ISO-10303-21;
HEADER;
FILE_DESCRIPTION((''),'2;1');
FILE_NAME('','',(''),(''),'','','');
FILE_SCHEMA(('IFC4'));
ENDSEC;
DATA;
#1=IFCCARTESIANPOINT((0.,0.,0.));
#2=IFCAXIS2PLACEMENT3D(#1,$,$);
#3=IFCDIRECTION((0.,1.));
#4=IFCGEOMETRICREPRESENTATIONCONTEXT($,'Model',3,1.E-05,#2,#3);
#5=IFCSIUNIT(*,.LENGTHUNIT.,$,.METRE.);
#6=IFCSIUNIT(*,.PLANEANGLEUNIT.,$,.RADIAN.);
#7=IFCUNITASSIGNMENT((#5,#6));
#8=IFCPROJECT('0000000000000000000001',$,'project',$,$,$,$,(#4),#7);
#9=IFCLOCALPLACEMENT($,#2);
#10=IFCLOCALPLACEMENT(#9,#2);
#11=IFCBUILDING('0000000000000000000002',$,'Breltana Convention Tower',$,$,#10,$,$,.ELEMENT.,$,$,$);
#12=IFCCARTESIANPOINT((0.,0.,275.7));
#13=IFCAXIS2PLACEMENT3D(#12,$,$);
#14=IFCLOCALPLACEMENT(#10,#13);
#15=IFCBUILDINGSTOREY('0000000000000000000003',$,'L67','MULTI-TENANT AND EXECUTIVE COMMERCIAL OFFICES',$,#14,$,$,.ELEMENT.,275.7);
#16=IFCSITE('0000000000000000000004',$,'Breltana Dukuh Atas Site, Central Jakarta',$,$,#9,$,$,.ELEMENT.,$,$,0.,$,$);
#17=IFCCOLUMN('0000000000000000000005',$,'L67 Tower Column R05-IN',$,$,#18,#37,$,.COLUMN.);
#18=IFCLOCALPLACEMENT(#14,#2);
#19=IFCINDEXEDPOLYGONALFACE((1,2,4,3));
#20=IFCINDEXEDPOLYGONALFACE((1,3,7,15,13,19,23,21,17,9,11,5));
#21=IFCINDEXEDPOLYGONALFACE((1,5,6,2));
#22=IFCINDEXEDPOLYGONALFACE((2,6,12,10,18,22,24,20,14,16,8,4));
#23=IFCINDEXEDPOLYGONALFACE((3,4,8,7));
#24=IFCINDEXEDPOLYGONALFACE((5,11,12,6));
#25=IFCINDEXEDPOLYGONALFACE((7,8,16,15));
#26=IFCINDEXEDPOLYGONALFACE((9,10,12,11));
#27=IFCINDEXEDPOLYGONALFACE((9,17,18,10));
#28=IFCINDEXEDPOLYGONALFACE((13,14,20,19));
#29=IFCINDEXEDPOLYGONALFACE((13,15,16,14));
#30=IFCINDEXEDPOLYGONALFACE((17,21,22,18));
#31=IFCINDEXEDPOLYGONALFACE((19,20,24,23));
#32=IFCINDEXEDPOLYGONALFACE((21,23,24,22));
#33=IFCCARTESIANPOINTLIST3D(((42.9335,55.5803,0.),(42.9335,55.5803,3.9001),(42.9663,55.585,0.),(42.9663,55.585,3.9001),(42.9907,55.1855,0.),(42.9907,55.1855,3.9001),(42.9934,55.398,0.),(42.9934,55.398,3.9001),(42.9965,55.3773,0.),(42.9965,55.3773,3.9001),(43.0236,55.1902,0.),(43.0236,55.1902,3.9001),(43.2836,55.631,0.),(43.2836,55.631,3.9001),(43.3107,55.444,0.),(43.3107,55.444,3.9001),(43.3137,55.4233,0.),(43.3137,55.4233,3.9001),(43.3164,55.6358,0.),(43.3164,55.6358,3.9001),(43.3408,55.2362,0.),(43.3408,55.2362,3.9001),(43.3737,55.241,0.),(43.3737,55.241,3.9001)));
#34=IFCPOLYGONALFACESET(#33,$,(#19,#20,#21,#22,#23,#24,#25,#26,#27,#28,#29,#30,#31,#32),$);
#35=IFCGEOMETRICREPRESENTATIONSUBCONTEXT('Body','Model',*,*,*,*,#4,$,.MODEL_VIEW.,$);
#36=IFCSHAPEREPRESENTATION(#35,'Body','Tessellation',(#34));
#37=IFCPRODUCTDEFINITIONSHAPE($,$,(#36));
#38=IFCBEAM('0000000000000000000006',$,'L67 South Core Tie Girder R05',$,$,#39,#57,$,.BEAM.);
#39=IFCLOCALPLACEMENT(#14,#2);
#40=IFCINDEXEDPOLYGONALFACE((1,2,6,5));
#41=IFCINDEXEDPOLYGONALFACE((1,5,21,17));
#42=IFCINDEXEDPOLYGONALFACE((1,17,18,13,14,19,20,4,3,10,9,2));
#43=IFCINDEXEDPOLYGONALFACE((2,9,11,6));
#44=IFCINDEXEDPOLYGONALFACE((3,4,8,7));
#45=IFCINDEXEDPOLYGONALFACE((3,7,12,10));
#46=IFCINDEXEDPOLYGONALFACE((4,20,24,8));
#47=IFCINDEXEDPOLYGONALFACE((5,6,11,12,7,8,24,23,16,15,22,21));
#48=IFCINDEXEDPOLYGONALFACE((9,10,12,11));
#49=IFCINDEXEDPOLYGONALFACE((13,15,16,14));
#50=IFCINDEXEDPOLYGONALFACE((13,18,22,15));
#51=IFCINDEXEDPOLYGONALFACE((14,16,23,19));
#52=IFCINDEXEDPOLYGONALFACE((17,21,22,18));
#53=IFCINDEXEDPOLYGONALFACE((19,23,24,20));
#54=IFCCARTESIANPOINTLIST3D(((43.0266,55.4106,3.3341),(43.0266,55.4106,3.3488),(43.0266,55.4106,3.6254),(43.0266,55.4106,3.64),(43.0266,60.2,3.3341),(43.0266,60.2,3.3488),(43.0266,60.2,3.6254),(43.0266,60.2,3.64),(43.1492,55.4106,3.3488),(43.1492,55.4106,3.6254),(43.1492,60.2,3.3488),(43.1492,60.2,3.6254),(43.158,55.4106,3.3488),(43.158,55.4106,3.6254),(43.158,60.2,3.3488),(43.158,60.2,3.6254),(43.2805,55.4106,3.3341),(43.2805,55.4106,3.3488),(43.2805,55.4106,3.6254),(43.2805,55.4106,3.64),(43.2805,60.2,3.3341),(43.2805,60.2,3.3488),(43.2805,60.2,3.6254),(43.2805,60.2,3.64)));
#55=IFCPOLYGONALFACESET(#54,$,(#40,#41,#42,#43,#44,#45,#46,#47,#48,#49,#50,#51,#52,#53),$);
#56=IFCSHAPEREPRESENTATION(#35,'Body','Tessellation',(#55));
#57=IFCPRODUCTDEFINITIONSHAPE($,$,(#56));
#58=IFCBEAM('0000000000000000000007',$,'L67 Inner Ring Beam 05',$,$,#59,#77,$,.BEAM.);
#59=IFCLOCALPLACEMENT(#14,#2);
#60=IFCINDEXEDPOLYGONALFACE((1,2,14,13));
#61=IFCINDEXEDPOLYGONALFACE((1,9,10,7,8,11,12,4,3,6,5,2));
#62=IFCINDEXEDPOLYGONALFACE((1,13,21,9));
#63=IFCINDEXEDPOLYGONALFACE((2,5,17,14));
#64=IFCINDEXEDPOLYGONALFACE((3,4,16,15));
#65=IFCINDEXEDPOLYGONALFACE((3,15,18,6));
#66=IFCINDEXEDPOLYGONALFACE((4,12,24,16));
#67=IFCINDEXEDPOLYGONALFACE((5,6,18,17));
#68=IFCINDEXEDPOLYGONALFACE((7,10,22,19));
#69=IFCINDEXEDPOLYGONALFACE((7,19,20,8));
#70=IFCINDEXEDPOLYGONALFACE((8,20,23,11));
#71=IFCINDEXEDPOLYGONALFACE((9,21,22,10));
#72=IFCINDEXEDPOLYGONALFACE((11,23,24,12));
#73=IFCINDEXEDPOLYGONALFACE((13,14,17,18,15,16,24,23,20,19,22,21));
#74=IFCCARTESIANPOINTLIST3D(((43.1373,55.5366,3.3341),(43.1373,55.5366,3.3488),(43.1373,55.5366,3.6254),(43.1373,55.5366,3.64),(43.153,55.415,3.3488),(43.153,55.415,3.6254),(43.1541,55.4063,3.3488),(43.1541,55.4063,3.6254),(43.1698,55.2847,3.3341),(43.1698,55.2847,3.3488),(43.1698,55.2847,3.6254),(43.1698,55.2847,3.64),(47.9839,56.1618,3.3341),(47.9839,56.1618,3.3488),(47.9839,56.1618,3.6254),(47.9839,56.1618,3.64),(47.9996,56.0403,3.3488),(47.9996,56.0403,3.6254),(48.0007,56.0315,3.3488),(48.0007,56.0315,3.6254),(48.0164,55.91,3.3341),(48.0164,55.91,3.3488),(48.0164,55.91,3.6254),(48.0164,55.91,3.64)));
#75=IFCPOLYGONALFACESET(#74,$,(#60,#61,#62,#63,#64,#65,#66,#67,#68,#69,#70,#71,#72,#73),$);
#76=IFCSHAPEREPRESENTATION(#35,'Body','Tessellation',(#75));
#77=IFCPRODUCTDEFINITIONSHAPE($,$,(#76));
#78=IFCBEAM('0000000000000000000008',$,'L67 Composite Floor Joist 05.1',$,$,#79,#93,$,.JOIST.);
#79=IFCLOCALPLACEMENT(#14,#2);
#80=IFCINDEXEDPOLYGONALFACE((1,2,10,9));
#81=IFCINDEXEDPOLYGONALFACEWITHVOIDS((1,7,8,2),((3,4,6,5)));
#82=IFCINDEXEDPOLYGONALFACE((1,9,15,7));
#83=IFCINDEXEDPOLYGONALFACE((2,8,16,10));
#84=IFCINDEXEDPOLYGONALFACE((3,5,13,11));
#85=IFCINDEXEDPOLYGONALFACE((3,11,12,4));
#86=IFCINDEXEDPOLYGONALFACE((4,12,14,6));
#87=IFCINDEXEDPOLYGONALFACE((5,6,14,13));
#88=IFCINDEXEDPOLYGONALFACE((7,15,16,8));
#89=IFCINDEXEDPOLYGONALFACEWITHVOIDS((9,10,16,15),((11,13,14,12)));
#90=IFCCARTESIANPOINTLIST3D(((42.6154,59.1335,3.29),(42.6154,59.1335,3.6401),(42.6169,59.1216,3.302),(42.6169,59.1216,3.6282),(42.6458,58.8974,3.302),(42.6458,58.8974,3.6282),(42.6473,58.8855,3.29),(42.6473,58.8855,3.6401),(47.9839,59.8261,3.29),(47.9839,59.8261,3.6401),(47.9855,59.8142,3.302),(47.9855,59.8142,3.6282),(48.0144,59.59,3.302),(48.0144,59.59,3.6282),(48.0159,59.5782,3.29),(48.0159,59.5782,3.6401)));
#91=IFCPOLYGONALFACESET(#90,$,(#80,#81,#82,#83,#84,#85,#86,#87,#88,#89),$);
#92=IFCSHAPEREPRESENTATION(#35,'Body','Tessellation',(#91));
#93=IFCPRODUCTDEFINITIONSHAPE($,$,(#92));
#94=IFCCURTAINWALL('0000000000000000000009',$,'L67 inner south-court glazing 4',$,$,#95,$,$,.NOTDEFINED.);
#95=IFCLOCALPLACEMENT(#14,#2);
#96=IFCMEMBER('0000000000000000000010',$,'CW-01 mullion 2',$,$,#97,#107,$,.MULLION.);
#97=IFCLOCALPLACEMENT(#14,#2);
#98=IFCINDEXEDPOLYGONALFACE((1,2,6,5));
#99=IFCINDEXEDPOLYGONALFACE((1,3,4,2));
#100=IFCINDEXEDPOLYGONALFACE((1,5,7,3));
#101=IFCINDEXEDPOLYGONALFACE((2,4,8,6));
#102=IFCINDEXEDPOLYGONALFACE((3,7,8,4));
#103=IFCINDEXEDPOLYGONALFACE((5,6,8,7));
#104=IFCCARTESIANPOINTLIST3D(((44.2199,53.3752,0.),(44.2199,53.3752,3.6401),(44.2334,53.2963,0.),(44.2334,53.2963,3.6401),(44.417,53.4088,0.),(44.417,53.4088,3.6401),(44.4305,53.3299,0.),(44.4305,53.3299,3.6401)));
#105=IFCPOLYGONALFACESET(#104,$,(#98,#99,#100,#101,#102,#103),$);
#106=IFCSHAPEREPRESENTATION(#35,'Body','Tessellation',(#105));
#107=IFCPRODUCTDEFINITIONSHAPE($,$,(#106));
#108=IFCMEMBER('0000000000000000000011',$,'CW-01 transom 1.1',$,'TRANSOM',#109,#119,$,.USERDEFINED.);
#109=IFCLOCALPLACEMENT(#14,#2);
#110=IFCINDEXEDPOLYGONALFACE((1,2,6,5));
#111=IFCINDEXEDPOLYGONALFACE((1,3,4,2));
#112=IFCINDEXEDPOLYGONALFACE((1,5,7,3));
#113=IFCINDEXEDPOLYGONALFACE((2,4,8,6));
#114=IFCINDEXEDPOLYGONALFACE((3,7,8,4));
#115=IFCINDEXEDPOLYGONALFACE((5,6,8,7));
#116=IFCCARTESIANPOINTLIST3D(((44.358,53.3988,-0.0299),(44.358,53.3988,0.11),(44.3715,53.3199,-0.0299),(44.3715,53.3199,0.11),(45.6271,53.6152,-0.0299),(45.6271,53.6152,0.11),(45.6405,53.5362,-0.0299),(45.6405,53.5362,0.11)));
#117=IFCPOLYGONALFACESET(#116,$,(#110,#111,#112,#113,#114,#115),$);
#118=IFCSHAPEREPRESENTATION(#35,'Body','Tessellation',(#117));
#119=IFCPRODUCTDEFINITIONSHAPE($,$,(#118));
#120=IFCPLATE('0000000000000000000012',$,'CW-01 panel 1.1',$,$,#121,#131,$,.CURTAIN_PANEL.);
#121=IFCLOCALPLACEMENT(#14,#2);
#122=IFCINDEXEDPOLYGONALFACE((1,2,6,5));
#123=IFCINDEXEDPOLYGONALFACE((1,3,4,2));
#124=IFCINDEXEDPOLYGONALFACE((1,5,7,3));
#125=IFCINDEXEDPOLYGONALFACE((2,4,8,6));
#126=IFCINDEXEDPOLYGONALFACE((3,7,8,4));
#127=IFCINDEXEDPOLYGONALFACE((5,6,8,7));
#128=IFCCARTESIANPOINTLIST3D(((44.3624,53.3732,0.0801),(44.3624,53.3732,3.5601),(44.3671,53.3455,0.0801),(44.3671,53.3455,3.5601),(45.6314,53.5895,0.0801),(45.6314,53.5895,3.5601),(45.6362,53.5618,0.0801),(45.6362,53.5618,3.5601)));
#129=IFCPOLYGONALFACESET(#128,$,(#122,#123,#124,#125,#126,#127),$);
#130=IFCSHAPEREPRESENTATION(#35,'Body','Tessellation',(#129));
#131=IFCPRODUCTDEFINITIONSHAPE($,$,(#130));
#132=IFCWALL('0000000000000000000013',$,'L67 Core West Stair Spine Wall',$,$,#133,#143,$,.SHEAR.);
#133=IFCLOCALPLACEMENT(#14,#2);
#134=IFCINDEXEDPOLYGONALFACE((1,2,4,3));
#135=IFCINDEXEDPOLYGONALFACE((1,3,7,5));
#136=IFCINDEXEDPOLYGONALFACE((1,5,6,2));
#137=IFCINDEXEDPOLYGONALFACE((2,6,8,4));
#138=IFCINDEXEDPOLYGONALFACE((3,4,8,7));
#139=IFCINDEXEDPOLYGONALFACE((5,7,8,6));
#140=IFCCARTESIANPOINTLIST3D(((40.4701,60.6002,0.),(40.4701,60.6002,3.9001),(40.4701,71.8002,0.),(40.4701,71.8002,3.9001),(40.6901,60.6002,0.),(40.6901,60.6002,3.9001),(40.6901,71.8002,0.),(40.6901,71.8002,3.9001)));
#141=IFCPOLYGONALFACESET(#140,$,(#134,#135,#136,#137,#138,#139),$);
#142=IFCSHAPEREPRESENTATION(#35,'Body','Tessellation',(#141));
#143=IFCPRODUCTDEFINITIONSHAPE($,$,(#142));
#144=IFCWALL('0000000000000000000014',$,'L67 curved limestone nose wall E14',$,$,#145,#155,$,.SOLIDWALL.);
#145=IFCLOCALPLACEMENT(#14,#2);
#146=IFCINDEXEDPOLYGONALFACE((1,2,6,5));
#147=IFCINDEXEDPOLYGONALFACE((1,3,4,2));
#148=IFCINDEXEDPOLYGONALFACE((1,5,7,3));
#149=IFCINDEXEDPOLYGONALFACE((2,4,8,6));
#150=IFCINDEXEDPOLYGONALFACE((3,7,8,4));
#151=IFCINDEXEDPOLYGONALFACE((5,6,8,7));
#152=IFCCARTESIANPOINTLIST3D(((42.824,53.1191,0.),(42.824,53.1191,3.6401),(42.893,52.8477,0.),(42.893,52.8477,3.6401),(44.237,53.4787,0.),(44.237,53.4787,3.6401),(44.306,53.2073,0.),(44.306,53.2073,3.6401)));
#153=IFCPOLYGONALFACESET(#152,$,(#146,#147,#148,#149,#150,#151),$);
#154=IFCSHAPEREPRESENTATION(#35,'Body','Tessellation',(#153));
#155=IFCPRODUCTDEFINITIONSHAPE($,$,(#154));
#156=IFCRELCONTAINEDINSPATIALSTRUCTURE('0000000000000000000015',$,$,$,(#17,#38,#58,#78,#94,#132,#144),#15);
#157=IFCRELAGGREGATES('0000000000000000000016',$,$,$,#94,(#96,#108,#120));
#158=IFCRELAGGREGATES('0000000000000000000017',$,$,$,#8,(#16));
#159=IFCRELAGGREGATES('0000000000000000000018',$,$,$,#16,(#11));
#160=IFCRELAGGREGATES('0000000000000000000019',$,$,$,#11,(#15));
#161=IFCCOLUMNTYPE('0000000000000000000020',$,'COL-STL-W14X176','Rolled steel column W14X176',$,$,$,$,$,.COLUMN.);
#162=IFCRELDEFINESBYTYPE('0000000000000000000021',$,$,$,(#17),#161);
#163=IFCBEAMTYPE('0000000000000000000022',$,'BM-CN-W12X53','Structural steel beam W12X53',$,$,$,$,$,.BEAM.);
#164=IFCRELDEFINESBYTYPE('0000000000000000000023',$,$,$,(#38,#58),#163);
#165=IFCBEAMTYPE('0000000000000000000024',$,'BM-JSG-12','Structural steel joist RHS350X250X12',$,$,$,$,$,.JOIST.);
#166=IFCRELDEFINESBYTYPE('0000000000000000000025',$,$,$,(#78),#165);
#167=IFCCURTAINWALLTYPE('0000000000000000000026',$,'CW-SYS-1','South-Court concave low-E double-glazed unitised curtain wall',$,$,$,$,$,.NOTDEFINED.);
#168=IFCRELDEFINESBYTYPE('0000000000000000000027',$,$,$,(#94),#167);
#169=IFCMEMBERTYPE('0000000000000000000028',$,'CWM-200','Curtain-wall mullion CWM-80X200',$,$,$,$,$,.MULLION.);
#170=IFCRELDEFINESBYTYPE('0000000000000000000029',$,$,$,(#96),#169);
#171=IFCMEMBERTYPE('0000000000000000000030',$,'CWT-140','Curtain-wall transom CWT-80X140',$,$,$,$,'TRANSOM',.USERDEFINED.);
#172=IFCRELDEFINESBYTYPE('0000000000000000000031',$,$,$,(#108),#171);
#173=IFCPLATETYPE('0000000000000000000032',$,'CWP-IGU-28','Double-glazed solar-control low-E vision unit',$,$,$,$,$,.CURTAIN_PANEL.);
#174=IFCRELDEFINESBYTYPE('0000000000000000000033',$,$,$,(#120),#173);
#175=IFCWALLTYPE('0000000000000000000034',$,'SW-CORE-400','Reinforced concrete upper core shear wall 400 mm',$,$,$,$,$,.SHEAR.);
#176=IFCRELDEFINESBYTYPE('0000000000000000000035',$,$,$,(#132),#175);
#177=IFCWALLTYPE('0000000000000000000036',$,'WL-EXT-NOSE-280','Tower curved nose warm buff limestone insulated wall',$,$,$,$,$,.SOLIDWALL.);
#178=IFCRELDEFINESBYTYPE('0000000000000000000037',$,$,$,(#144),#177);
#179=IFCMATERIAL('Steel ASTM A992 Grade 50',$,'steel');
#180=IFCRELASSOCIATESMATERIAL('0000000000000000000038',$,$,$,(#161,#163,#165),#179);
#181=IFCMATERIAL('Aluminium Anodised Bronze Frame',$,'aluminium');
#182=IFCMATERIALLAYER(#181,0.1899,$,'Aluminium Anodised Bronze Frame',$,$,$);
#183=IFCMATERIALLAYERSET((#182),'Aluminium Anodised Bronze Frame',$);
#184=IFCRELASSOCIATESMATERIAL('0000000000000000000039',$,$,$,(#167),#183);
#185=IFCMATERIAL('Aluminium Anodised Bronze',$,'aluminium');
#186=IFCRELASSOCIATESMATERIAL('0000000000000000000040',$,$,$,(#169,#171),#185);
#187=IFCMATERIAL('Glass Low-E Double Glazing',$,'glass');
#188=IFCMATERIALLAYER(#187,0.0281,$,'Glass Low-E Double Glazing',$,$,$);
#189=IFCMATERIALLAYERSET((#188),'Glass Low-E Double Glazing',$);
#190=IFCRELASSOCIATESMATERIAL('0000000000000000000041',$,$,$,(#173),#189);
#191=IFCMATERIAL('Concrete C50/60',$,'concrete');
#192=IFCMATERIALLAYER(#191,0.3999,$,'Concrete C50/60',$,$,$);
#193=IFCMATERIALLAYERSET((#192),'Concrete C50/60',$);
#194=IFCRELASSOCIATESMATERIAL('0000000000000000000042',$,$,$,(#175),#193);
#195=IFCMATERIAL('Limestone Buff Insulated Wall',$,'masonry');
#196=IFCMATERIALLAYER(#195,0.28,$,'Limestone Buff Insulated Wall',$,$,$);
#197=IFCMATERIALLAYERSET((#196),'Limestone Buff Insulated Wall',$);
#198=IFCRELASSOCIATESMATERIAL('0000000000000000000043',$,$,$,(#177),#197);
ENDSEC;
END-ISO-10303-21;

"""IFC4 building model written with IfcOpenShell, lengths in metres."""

from ifc_helpers import new_model, si_unit, direction, frame, frame_2d, origin, origin_2d, place, context, subcontext, project, spatial, rectangle, hollow_rectangle, i_section, extrude, source, transform, mapped, material, layer, layer_set, material_profile, profile_set, type_object, element, aggregate, save


model = new_model("IFC4")

# Units and contexts
model_context = context("Model", 3, precision=1e-05, world=origin(), true_north=direction((0.0, 1.0)))
body_context = subcontext(model_context, "Body", "Model", "MODEL_VIEW")
ifc_project = project(units=[si_unit("LENGTHUNIT", "METRE"), si_unit("PLANEANGLEUNIT", "RADIAN")], contexts=[model_context])

# Site, building, storey
site_placement = place(None, origin())
site = spatial("IfcSite", under=ifc_project, at=site_placement, Name="Breltana Dukuh Atas Site, Central Jakarta", CompositionType="ELEMENT", RefElevation=0.0)
building_placement = place(site_placement, origin())
building = spatial("IfcBuilding", under=site, at=building_placement, Name="Breltana Convention Tower", CompositionType="ELEMENT")
storey_placement = place(building_placement, frame((0.0, 0.0, 275.7)))
storey = spatial("IfcBuildingStorey", under=building, at=storey_placement, Name="L67", Description="MULTI-TENANT AND EXECUTIVE COMMERCIAL OFFICES", CompositionType="ELEMENT", Elevation=275.7)

# Column
ifc_material_1 = material(Name="Steel ASTM A992 Grade 50", Category="steel")
ifc_material_profile_1 = material_profile(ifc_material_1, i_section(OverallWidth=0.3989, OverallDepth=0.387, WebThickness=0.021, FlangeThickness=0.0332, at=origin_2d()), Name="W14X176")
ifc_profile_set_1 = profile_set([ifc_material_profile_1], Name="Steel ASTM A992 Grade 50")
column_type = type_object("IfcColumnType", Name="COL-STL-W14X176", Description="Rolled steel column W14X176", PredefinedType="COLUMN", material=ifc_profile_set_1)
shared_shape_1 = source(origin(), body_context, "Body", "SweptSolid", [
    extrude(i_section(OverallWidth=0.3989, OverallDepth=0.387, WebThickness=0.021, FlangeThickness=0.0332, at=origin_2d()), origin(), (0.0, 0.0, 1.0), 3.9001),
])
column_placement = place(storey_placement, frame((43.1536, 55.4106, 0.0), z_axis=(0.0, 0.0, 1.0), x_axis=(-0.143493, 0.989651, 0.0)))
element("IfcColumn", 1, at=column_placement, inside=storey, type_object=column_type, Name="L67 Tower Column R05-IN", PredefinedType="COLUMN", context=body_context, shape_type="MappedRepresentation", body=[
    mapped(shared_shape_1, transform((0.0, 0.0, 0.0), scale=1.0)),
])

# Beams
ifc_material_profile_2 = material_profile(ifc_material_1, i_section(OverallWidth=0.2539, OverallDepth=0.3059, WebThickness=0.0088, FlangeThickness=0.0146, at=origin_2d()), Name="W12X53")
ifc_profile_set_2 = profile_set([ifc_material_profile_2], Name="Steel ASTM A992 Grade 50")
beam_type_1 = type_object("IfcBeamType", Name="BM-CN-W12X53", Description="Structural steel beam W12X53", PredefinedType="BEAM", material=ifc_profile_set_2)
shared_shape_2 = source(origin(), body_context, "Body", "SweptSolid", [
    extrude(i_section(OverallWidth=0.2539, OverallDepth=0.3059, WebThickness=0.0088, FlangeThickness=0.0146, at=origin_2d()), origin(), (0.0, 0.0, 1.0), 4.7893),
])
beam_1_placement = place(storey_placement, frame((43.1536, 60.2, 3.4871), z_axis=(0.0, -1.0, 0.0), x_axis=(1.0, 0.0, 0.0)))
element("IfcBeam", 2, at=beam_1_placement, inside=storey, type_object=beam_type_1, Name="L67 South Core Tie Girder R05", PredefinedType="BEAM", context=body_context, shape_type="MappedRepresentation", body=[
    mapped(shared_shape_2, transform((0.0, 0.0, 0.0), scale=1.0)),
])
shared_shape_3 = source(origin(), body_context, "Body", "SweptSolid", [
    extrude(i_section(OverallWidth=0.2539, OverallDepth=0.3059, WebThickness=0.0088, FlangeThickness=0.0146, at=origin_2d()), origin(), (0.0, 0.0, 1.0), 4.8867),
])
beam_2_placement = place(storey_placement, frame((43.1536, 55.4106, 3.4871), z_axis=(0.991781, 0.127951, 0.0), x_axis=(-0.127951, 0.991781, 0.0)))
element("IfcBeam", 3, at=beam_2_placement, inside=storey, type_object=beam_type_1, Name="L67 Inner Ring Beam 05", PredefinedType="BEAM", context=body_context, shape_type="MappedRepresentation", body=[
    mapped(shared_shape_3, transform((0.0, 0.0, 0.0), scale=1.0)),
])
ifc_material_profile_3 = material_profile(ifc_material_1, hollow_rectangle(XDim=0.25, YDim=0.3501, WallThickness=0.012, at=origin_2d()), Name="RHS350X250X12")
ifc_profile_set_3 = profile_set([ifc_material_profile_3], Name="Steel ASTM A992 Grade 50")
beam_type_2 = type_object("IfcBeamType", Name="BM-JSG-12", Description="Structural steel joist RHS350X250X12", PredefinedType="JOIST", material=ifc_profile_set_3)
shared_shape_4 = source(origin(), body_context, "Body", "SweptSolid", [
    extrude(hollow_rectangle(XDim=0.25, YDim=0.3501, WallThickness=0.012, at=origin_2d()), origin(), (0.0, 0.0, 1.0), 5.4131),
])
beam_3_placement = place(storey_placement, frame((42.6313, 59.0095, 3.4651), z_axis=(0.99178, 0.127953, 0.0), x_axis=(-0.127953, 0.99178, 0.0)))
element("IfcBeam", 4, at=beam_3_placement, inside=storey, type_object=beam_type_2, Name="L67 Composite Floor Joist 05.1", PredefinedType="JOIST", context=body_context, shape_type="MappedRepresentation", body=[
    mapped(shared_shape_4, transform((0.0, 0.0, 0.0), scale=1.0)),
])

# Curtain wall, members, plate
ifc_material_2 = material(Name="Aluminium Anodised Bronze Frame", Category="aluminium")
ifc_layer_1 = layer(ifc_material_2, 0.1899, Name="Aluminium Anodised Bronze Frame")
ifc_layer_set_1 = layer_set([ifc_layer_1], Name="Aluminium Anodised Bronze Frame")
curtain_wall_type = type_object("IfcCurtainWallType", Name="CW-SYS-1", Description="South-Court concave low-E double-glazed unitised curtain wall", PredefinedType="NOTDEFINED", material=ifc_layer_set_1)
curtain_wall_placement = place(storey_placement, origin())
curtain_wall = element("IfcCurtainWall", 5, at=curtain_wall_placement, inside=storey, type_object=curtain_wall_type, Name="L67 inner south-court glazing 4", PredefinedType="NOTDEFINED")
ifc_material_3 = material(Name="Aluminium Anodised Bronze", Category="aluminium")
ifc_material_profile_4 = material_profile(ifc_material_3, rectangle(XDim=0.0801, YDim=0.2, at=origin_2d()), Name="CWM-80X200")
ifc_profile_set_4 = profile_set([ifc_material_profile_4], Name="Aluminium Anodised Bronze")
member_type_1 = type_object("IfcMemberType", Name="CWM-200", Description="Curtain-wall mullion CWM-80X200", PredefinedType="MULLION", material=ifc_profile_set_4)
shared_shape_5 = source(origin(), body_context, "Body", "SweptSolid", [
    extrude(rectangle(XDim=0.0801, YDim=0.2, at=origin_2d()), origin(), (0.0, 0.0, 1.0), 3.6401),
])
member_1_placement = place(storey_placement, frame((44.3252, 53.3525, 0.0), z_axis=(0.0, 0.0, 1.0), x_axis=(0.168028, -0.985782, 0.0)))
member_1 = element("IfcMember", 6, at=member_1_placement, type_object=member_type_1, Name="CW-01 mullion 2", PredefinedType="MULLION", context=body_context, shape_type="MappedRepresentation", body=[
    mapped(shared_shape_5, transform((0.0, 0.0, 0.0), scale=1.0)),
])
ifc_material_profile_5 = material_profile(ifc_material_3, rectangle(XDim=0.0801, YDim=0.1399, at=origin_2d()), Name="CWT-80X140")
ifc_profile_set_5 = profile_set([ifc_material_profile_5], Name="Aluminium Anodised Bronze")
member_type_2 = type_object("IfcMemberType", Name="CWT-140", Description="Curtain-wall transom CWT-80X140", ElementType="TRANSOM", PredefinedType="USERDEFINED", material=ifc_profile_set_5)
shared_shape_6 = source(origin(), body_context, "Body", "SweptSolid", [
    extrude(rectangle(XDim=0.0801, YDim=0.1399, at=origin_2d()), origin(), (0.0, 0.0, 1.0), 1.2874),
])
member_2_placement = place(storey_placement, frame((45.6338, 53.5757, 0.04), z_axis=(-0.985782, -0.168027, 0.0), x_axis=(0.168027, -0.985782, 0.0)))
member_2 = element("IfcMember", 7, at=member_2_placement, type_object=member_type_2, Name="CW-01 transom 1.1", ObjectType="TRANSOM", PredefinedType="USERDEFINED", context=body_context, shape_type="MappedRepresentation", body=[
    mapped(shared_shape_6, transform((0.0, 0.0, 0.0), scale=1.0)),
])
ifc_material_4 = material(Name="Glass Low-E Double Glazing", Category="glass")
ifc_layer_2 = layer(ifc_material_4, 0.0281, Name="Glass Low-E Double Glazing")
ifc_layer_set_2 = layer_set([ifc_layer_2], Name="Glass Low-E Double Glazing")
plate_type = type_object("IfcPlateType", Name="CWP-IGU-28", Description="Double-glazed solar-control low-E vision unit", PredefinedType="CURTAIN_PANEL", material=ifc_layer_set_2)
shared_shape_7 = source(origin(), body_context, "Body", "SweptSolid", [
    extrude(rectangle(XDim=1.2874, YDim=0.0281, at=origin_2d()), origin(), (0.0, 0.0, 1.0), 3.48),
])
plate_placement = place(storey_placement, frame((44.9993, 53.4675, 0.0801), z_axis=(0.0, 0.0, 1.0), x_axis=(-0.985782, -0.168028, 0.0)))
plate = element("IfcPlate", 8, at=plate_placement, type_object=plate_type, Name="CW-01 panel 1.1", PredefinedType="CURTAIN_PANEL", context=body_context, shape_type="MappedRepresentation", body=[
    mapped(shared_shape_7, transform((0.0, 0.0, 0.0), scale=1.0)),
])
aggregate(curtain_wall, [member_1, member_2, plate])

# Walls
ifc_material_5 = material(Name="Concrete C50/60", Category="concrete")
ifc_layer_3 = layer(ifc_material_5, 0.3999, Name="Concrete C50/60")
ifc_layer_set_3 = layer_set([ifc_layer_3], Name="Concrete C50/60")
wall_type_1 = type_object("IfcWallType", Name="SW-CORE-400", Description="Reinforced concrete upper core shear wall 400 mm", PredefinedType="SHEAR", material=ifc_layer_set_3)
shared_shape_8 = source(origin(), body_context, "Body", "SweptSolid", [
    extrude(rectangle(XDim=11.2, YDim=0.22, at=frame_2d((5.6001, 0.0))), origin(), (0.0, 0.0, 1.0), 3.9001),
])
wall_1_placement = place(storey_placement, frame((40.5801, 60.6001, 0.0), z_axis=(0.0, 0.0, 1.0), x_axis=(0.0, 1.0, 0.0)))
element("IfcWall", 9, at=wall_1_placement, inside=storey, type_object=wall_type_1, Name="L67 Core West Stair Spine Wall", PredefinedType="SHEAR", context=body_context, shape_type="MappedRepresentation", body=[
    mapped(shared_shape_8, transform((0.0, 0.0, 0.0), scale=1.0)),
])
ifc_material_6 = material(Name="Limestone Buff Insulated Wall", Category="masonry")
ifc_layer_4 = layer(ifc_material_6, 0.28, Name="Limestone Buff Insulated Wall")
ifc_layer_set_4 = layer_set([ifc_layer_4], Name="Limestone Buff Insulated Wall")
wall_type_2 = type_object("IfcWallType", Name="WL-EXT-NOSE-280", Description="Tower curved nose warm buff limestone insulated wall", PredefinedType="SOLIDWALL", material=ifc_layer_set_4)
shared_shape_9 = source(origin(), body_context, "Body", "SweptSolid", [
    extrude(rectangle(XDim=1.458, YDim=0.28, at=frame_2d((0.729, 0.0))), origin(), (0.0, 0.0, 1.0), 3.6401),
])
wall_2_placement = place(storey_placement, frame((44.2715, 53.343, 0.0), z_axis=(0.0, 0.0, 1.0), x_axis=(-0.96911, -0.246631, 0.0)))
element("IfcWall", 10, at=wall_2_placement, inside=storey, type_object=wall_type_2, Name="L67 curved limestone nose wall E14", PredefinedType="SOLIDWALL", context=body_context, shape_type="MappedRepresentation", body=[
    mapped(shared_shape_9, transform((0.0, 0.0, 0.0), scale=1.0)),
])

save(model, "model.ifc")
